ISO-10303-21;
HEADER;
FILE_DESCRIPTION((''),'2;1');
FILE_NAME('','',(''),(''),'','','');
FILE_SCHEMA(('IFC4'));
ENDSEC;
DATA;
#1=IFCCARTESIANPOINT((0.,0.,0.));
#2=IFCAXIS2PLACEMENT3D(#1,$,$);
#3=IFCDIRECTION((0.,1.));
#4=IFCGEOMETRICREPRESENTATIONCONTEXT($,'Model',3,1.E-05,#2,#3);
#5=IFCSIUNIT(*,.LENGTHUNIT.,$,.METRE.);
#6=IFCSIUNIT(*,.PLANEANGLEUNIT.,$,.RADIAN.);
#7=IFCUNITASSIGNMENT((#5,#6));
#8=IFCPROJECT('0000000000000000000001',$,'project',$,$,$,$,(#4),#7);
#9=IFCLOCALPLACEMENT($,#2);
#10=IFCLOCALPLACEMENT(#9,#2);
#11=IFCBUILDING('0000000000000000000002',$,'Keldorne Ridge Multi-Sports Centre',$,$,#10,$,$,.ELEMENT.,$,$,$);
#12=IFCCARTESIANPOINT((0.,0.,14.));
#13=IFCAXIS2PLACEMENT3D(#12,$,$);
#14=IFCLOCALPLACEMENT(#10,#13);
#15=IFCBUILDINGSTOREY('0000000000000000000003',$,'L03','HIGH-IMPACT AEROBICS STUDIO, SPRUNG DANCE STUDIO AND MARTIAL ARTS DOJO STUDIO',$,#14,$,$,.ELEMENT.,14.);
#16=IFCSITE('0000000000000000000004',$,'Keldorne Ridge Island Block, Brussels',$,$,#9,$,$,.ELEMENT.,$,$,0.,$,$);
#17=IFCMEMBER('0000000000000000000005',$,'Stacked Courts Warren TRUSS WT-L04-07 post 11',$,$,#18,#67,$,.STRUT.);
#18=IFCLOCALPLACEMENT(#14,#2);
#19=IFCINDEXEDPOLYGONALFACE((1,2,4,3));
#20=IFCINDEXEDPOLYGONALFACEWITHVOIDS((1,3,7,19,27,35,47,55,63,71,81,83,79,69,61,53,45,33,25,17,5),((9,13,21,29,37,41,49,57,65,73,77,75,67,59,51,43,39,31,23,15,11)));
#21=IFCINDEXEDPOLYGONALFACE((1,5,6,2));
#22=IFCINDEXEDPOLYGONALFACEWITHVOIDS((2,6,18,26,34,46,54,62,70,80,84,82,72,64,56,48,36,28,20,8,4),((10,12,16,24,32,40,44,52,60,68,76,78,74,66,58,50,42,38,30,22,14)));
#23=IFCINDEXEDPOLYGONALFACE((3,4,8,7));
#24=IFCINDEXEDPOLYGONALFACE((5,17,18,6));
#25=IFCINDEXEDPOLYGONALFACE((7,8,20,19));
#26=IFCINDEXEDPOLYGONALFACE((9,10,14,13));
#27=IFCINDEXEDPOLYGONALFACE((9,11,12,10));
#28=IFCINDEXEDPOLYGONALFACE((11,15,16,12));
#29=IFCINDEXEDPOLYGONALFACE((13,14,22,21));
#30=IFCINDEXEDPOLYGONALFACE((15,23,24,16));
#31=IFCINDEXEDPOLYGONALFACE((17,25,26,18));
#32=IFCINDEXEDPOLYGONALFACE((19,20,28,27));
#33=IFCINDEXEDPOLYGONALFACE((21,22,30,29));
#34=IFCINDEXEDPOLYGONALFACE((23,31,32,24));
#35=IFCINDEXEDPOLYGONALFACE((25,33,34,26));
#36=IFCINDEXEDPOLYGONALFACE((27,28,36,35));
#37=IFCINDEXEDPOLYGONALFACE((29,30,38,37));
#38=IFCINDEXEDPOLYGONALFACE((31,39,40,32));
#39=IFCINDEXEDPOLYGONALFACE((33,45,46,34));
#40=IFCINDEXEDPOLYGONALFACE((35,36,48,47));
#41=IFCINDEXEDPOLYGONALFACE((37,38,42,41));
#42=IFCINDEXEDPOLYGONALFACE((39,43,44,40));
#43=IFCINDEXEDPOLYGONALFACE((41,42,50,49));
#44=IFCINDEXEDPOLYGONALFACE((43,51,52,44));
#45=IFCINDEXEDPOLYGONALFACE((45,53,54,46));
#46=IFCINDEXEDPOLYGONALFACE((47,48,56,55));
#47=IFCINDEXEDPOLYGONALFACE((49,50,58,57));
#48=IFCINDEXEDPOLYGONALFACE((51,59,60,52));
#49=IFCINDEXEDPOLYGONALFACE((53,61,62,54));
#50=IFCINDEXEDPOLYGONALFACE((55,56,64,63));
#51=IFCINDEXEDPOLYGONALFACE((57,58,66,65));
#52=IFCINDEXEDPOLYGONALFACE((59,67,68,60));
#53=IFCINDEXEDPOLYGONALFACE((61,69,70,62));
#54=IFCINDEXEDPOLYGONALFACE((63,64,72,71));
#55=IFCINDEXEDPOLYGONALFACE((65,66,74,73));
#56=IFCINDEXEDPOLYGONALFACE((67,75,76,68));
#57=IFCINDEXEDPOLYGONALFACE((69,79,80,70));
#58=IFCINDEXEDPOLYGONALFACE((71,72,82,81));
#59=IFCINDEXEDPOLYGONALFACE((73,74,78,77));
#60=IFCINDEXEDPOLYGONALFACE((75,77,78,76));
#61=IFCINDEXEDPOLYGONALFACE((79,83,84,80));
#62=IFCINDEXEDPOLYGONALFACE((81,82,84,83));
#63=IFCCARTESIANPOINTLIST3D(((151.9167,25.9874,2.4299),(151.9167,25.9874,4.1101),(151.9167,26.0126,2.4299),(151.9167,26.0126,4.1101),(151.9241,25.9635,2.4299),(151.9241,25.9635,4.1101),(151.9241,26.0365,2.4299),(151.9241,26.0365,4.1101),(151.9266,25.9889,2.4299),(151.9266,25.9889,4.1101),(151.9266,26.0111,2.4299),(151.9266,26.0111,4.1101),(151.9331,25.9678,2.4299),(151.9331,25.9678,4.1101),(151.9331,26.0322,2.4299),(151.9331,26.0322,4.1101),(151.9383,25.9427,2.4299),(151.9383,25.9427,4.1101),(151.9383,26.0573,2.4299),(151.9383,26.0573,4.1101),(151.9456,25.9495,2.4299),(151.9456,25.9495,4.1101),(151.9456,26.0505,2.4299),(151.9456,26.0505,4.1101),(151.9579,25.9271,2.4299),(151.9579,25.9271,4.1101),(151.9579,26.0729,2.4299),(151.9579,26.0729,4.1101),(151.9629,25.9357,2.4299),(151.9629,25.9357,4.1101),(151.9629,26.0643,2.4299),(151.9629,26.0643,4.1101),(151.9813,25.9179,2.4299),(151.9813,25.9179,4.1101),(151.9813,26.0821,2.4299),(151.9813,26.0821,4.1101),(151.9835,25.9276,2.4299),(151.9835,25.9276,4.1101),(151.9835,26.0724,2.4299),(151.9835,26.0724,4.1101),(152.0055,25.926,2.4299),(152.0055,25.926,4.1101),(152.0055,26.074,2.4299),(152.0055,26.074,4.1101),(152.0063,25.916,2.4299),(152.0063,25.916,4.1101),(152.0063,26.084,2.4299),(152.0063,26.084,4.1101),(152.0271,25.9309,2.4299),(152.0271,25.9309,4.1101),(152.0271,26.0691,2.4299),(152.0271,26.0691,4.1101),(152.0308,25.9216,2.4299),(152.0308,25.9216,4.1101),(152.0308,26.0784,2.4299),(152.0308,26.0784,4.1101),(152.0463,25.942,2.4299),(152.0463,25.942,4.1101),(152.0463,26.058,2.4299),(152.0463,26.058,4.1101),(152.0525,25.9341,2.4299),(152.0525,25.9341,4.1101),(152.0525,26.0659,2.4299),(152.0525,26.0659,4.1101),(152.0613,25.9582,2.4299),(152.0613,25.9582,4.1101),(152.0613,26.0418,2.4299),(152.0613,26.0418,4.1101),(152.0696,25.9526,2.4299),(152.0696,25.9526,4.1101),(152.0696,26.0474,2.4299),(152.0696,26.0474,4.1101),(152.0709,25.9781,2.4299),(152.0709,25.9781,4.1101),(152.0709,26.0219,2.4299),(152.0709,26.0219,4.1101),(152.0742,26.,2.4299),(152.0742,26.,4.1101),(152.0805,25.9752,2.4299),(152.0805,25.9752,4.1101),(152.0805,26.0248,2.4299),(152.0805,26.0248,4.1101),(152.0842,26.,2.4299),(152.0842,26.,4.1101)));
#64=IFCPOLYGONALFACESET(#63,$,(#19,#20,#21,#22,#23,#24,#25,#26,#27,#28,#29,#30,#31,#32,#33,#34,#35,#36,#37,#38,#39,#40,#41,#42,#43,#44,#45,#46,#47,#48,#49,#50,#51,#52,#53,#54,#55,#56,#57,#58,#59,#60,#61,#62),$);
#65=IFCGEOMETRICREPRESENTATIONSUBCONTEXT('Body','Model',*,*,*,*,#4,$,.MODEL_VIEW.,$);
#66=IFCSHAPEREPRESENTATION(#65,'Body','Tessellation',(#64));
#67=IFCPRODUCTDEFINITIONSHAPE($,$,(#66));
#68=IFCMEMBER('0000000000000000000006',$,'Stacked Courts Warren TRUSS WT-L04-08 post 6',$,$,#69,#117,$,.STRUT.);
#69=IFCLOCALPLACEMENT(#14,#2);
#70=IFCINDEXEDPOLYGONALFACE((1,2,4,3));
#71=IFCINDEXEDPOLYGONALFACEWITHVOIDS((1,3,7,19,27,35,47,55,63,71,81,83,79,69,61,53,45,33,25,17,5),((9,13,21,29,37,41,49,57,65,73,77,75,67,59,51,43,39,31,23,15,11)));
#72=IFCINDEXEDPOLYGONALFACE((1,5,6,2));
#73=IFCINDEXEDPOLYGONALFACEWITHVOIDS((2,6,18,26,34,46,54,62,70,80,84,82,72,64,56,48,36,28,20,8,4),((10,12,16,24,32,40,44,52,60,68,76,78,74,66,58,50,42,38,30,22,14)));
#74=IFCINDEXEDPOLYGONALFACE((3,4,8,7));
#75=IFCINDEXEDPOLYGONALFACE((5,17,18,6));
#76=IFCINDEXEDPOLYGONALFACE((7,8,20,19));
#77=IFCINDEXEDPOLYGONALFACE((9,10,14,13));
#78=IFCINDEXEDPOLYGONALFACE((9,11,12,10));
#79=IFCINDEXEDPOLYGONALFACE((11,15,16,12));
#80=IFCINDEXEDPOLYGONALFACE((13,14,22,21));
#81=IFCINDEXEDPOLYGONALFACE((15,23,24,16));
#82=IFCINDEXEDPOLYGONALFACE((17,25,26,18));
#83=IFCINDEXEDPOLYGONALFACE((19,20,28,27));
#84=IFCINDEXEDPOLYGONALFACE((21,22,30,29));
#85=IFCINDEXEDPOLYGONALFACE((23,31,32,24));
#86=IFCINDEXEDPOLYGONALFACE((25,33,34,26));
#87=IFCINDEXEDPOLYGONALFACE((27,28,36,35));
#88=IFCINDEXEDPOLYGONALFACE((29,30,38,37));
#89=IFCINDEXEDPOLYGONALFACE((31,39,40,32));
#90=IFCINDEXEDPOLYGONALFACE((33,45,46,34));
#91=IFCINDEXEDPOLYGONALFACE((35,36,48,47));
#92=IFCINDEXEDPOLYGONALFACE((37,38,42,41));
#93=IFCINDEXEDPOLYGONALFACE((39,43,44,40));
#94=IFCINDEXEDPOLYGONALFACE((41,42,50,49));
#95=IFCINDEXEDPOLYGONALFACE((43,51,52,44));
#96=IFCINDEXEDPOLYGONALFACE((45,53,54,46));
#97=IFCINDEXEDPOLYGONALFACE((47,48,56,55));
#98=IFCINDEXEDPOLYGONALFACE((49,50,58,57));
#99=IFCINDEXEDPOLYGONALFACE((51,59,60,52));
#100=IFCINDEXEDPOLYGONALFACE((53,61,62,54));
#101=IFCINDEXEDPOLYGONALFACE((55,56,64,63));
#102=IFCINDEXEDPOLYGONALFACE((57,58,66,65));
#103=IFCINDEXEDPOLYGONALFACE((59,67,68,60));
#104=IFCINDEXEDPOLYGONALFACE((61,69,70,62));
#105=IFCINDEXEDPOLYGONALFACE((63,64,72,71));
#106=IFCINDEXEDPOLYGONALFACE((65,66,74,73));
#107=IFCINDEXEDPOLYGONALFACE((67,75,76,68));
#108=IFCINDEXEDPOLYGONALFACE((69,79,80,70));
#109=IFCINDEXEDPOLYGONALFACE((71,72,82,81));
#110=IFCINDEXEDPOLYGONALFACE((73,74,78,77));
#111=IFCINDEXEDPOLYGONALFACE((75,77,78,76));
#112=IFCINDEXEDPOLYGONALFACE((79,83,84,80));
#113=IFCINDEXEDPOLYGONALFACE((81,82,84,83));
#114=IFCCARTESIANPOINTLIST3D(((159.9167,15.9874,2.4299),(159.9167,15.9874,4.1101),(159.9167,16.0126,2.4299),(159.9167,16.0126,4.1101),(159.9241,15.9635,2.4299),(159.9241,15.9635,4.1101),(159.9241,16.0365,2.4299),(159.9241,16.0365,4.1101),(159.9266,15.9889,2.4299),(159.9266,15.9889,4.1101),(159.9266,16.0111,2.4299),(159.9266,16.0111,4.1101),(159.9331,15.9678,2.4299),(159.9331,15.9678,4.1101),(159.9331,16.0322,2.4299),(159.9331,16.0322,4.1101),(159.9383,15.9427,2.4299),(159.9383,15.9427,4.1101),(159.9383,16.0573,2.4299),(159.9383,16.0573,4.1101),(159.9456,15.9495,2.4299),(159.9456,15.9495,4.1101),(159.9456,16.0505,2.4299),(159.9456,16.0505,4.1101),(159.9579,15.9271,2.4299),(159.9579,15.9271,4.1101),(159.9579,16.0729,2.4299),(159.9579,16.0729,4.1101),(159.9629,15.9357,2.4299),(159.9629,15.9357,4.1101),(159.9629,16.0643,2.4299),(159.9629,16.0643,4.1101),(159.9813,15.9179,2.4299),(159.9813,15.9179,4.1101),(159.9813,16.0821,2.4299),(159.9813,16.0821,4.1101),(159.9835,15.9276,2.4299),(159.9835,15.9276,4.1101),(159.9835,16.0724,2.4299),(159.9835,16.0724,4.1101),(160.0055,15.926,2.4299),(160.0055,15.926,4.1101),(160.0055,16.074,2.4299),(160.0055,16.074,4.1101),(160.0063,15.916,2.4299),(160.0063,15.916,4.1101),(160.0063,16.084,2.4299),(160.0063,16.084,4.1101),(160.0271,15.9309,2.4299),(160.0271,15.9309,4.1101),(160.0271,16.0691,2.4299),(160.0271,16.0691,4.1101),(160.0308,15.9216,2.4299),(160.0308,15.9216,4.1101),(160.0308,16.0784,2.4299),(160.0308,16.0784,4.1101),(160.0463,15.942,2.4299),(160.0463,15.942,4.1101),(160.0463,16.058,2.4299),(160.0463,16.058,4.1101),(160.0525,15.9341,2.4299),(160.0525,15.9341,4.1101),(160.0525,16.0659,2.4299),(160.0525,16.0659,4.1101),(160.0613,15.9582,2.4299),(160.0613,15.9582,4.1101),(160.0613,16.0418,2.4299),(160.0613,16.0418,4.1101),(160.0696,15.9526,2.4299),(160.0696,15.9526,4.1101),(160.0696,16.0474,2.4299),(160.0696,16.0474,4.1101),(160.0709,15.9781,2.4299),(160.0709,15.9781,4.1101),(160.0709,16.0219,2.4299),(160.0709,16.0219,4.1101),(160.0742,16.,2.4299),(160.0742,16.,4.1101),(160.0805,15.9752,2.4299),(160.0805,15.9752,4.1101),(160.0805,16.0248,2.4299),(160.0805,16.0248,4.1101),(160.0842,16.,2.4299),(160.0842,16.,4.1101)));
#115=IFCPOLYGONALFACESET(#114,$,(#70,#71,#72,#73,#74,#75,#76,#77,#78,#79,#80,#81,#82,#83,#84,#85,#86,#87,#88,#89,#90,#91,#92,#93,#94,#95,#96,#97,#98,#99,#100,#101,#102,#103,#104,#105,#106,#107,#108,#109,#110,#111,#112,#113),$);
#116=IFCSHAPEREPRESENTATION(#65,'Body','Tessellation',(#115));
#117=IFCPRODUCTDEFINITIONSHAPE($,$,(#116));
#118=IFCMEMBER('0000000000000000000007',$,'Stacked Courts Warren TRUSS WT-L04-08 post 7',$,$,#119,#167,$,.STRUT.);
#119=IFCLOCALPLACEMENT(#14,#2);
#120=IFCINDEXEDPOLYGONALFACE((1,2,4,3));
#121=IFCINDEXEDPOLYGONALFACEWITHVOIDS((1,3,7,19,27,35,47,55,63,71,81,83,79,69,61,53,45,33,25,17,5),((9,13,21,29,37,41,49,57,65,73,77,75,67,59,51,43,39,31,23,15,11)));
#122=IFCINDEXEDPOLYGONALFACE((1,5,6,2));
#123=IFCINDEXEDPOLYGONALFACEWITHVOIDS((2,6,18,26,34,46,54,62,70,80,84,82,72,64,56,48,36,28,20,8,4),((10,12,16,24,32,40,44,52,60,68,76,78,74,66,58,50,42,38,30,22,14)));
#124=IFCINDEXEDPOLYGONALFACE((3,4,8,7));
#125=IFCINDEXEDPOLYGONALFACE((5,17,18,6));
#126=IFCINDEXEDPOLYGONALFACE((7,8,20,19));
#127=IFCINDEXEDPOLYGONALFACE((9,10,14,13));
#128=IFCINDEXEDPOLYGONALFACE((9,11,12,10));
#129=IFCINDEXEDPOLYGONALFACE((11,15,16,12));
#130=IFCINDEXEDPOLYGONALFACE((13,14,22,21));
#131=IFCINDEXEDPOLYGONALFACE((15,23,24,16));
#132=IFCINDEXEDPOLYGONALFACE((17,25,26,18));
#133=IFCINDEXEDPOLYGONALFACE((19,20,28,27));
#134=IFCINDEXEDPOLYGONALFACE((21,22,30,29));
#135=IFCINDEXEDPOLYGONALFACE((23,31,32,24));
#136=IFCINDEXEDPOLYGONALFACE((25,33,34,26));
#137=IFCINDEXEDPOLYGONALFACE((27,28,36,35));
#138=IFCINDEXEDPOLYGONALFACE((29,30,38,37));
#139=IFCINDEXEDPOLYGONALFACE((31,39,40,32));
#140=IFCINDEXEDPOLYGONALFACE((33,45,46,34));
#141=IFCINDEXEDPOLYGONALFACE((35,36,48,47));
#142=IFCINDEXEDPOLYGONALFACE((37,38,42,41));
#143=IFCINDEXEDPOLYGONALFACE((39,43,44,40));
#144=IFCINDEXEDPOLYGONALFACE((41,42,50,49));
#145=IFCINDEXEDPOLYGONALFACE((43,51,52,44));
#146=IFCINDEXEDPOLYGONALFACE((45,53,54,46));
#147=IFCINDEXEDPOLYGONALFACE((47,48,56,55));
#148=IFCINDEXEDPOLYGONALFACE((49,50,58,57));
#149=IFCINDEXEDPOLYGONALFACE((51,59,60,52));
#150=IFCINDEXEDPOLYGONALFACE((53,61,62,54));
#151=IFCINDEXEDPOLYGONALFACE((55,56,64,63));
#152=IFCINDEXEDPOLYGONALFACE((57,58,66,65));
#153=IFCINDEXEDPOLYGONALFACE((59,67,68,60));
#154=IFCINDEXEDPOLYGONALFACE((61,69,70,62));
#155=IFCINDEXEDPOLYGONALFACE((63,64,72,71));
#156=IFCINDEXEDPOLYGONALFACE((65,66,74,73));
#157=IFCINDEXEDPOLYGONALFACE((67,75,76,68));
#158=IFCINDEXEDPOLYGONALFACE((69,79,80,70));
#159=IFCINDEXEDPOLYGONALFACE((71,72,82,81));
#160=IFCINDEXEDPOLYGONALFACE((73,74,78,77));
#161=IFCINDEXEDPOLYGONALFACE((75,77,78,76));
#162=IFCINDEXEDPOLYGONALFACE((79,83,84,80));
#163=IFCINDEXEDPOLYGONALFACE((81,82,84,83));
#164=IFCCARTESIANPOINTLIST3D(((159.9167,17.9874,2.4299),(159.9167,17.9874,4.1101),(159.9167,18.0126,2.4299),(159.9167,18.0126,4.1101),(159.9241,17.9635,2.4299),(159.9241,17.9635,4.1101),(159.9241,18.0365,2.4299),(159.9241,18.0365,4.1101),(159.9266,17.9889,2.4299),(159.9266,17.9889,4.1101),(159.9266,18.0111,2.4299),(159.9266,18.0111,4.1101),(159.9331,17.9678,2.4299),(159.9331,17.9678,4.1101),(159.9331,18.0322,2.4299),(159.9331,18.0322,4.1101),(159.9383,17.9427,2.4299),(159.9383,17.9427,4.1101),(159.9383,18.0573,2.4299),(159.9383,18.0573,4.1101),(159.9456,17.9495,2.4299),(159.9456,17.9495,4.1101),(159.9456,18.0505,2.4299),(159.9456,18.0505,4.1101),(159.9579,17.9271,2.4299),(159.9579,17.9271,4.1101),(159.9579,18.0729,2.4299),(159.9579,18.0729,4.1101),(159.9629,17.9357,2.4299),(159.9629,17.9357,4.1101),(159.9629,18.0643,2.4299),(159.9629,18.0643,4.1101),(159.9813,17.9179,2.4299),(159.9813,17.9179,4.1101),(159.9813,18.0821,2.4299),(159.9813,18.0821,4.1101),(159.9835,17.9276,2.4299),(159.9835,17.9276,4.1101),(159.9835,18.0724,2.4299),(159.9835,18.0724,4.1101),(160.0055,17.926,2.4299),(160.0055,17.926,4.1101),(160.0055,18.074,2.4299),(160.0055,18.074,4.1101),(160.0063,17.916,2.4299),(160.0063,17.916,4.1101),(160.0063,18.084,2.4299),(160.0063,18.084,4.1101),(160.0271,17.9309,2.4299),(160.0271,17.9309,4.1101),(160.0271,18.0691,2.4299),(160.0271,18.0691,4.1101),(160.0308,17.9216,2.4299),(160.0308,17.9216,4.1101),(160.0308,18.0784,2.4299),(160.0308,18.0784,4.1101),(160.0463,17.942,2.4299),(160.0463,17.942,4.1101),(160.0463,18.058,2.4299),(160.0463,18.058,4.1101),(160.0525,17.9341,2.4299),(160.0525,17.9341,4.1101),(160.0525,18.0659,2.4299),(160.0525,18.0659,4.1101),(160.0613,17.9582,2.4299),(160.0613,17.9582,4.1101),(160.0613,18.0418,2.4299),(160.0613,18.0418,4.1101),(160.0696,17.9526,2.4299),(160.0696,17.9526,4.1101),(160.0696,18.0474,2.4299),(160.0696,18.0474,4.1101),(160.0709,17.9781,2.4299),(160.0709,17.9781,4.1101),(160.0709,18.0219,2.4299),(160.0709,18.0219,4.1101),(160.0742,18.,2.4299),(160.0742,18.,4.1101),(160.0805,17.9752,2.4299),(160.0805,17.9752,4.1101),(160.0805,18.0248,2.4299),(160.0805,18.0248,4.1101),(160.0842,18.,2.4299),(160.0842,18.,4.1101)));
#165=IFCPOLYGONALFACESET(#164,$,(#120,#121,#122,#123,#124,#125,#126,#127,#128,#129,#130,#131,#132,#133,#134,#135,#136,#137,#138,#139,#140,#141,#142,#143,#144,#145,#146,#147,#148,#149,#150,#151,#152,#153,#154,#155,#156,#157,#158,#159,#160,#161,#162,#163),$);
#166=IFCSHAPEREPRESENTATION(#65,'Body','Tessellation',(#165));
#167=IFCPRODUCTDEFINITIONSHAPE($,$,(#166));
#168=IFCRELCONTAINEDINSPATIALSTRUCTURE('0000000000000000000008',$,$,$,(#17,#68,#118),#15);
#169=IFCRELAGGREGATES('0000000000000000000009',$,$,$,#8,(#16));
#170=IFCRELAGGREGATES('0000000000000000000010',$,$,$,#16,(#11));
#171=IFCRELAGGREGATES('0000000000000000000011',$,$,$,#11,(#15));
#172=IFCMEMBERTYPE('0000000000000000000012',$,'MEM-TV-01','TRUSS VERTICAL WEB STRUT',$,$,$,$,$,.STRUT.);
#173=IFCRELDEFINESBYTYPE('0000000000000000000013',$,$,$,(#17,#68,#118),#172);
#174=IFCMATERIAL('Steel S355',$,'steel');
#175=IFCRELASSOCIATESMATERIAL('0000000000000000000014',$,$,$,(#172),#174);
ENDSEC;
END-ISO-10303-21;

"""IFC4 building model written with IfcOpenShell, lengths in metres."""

from ifc_helpers import new_model, si_unit, direction, frame, origin, origin_2d, place, context, subcontext, project, spatial, hollow_circle, extrude, material, material_profile, profile_set, type_object, element, save


model = new_model("IFC4")

# Units and contexts
model_context = context("Model", 3, precision=1e-05, world=origin(), true_north=direction((0.0, 1.0)))
body_context = subcontext(model_context, "Body", "Model", "MODEL_VIEW")
ifc_project = project(units=[si_unit("LENGTHUNIT", "METRE"), si_unit("PLANEANGLEUNIT", "RADIAN")], contexts=[model_context])

# Site, building, storey
site_placement = place(None, origin())
site = spatial("IfcSite", under=ifc_project, at=site_placement, Name="Keldorne Ridge Island Block, Brussels", CompositionType="ELEMENT", RefElevation=0.0)
building_placement = place(site_placement, origin())
building = spatial("IfcBuilding", under=site, at=building_placement, Name="Keldorne Ridge Multi-Sports Centre", CompositionType="ELEMENT")
storey_placement = place(building_placement, frame((0.0, 0.0, 14.0)))
storey = spatial("IfcBuildingStorey", under=building, at=storey_placement, Name="L03", Description="HIGH-IMPACT AEROBICS STUDIO, SPRUNG DANCE STUDIO AND MARTIAL ARTS DOJO STUDIO", CompositionType="ELEMENT", Elevation=14.0)

# Members
ifc_material = material(Name="Steel S355", Category="steel")
ifc_material_profile_1 = material_profile(ifc_material, hollow_circle(Radius=0.0842, WallThickness=0.01, at=origin_2d()), Name="CHS 168.3x10")
ifc_profile_set_1 = profile_set([ifc_material_profile_1], Name="Steel S355")
member_type_1 = type_object("IfcMemberType", Name="MEM-TV-01", Description="TRUSS VERTICAL WEB STRUT", PredefinedType="STRUT", material=ifc_profile_set_1)
for number, where, z_axis, x_axis, name in (
    (1, (152.0, 26.0, 2.4299), (0.0, 0.0, 1.0), (1.0, 0.0, 0.0), "Stacked Courts Warren TRUSS WT-L04-07 post 11"),
    (2, (160.0, 16.0, 2.4299), (0.0, 0.0, 1.0), (1.0, 0.0, 0.0), "Stacked Courts Warren TRUSS WT-L04-08 post 6"),
    (3, (160.0, 18.0, 2.4299), (0.0, 0.0, 1.0), (1.0, 0.0, 0.0), "Stacked Courts Warren TRUSS WT-L04-08 post 7"),
):
    element("IfcMember", number, at=place(storey_placement, frame(where, z_axis=z_axis, x_axis=x_axis)), inside=storey, type_object=member_type_1, Name=name, PredefinedType="STRUT", context=body_context, shape_type="SweptSolid", body=[
        extrude(hollow_circle(Radius=0.0842, WallThickness=0.01, at=origin_2d()), origin(), (0.0, 0.0, 1.0), 1.6802),
    ])

save(model, "model.ifc")
